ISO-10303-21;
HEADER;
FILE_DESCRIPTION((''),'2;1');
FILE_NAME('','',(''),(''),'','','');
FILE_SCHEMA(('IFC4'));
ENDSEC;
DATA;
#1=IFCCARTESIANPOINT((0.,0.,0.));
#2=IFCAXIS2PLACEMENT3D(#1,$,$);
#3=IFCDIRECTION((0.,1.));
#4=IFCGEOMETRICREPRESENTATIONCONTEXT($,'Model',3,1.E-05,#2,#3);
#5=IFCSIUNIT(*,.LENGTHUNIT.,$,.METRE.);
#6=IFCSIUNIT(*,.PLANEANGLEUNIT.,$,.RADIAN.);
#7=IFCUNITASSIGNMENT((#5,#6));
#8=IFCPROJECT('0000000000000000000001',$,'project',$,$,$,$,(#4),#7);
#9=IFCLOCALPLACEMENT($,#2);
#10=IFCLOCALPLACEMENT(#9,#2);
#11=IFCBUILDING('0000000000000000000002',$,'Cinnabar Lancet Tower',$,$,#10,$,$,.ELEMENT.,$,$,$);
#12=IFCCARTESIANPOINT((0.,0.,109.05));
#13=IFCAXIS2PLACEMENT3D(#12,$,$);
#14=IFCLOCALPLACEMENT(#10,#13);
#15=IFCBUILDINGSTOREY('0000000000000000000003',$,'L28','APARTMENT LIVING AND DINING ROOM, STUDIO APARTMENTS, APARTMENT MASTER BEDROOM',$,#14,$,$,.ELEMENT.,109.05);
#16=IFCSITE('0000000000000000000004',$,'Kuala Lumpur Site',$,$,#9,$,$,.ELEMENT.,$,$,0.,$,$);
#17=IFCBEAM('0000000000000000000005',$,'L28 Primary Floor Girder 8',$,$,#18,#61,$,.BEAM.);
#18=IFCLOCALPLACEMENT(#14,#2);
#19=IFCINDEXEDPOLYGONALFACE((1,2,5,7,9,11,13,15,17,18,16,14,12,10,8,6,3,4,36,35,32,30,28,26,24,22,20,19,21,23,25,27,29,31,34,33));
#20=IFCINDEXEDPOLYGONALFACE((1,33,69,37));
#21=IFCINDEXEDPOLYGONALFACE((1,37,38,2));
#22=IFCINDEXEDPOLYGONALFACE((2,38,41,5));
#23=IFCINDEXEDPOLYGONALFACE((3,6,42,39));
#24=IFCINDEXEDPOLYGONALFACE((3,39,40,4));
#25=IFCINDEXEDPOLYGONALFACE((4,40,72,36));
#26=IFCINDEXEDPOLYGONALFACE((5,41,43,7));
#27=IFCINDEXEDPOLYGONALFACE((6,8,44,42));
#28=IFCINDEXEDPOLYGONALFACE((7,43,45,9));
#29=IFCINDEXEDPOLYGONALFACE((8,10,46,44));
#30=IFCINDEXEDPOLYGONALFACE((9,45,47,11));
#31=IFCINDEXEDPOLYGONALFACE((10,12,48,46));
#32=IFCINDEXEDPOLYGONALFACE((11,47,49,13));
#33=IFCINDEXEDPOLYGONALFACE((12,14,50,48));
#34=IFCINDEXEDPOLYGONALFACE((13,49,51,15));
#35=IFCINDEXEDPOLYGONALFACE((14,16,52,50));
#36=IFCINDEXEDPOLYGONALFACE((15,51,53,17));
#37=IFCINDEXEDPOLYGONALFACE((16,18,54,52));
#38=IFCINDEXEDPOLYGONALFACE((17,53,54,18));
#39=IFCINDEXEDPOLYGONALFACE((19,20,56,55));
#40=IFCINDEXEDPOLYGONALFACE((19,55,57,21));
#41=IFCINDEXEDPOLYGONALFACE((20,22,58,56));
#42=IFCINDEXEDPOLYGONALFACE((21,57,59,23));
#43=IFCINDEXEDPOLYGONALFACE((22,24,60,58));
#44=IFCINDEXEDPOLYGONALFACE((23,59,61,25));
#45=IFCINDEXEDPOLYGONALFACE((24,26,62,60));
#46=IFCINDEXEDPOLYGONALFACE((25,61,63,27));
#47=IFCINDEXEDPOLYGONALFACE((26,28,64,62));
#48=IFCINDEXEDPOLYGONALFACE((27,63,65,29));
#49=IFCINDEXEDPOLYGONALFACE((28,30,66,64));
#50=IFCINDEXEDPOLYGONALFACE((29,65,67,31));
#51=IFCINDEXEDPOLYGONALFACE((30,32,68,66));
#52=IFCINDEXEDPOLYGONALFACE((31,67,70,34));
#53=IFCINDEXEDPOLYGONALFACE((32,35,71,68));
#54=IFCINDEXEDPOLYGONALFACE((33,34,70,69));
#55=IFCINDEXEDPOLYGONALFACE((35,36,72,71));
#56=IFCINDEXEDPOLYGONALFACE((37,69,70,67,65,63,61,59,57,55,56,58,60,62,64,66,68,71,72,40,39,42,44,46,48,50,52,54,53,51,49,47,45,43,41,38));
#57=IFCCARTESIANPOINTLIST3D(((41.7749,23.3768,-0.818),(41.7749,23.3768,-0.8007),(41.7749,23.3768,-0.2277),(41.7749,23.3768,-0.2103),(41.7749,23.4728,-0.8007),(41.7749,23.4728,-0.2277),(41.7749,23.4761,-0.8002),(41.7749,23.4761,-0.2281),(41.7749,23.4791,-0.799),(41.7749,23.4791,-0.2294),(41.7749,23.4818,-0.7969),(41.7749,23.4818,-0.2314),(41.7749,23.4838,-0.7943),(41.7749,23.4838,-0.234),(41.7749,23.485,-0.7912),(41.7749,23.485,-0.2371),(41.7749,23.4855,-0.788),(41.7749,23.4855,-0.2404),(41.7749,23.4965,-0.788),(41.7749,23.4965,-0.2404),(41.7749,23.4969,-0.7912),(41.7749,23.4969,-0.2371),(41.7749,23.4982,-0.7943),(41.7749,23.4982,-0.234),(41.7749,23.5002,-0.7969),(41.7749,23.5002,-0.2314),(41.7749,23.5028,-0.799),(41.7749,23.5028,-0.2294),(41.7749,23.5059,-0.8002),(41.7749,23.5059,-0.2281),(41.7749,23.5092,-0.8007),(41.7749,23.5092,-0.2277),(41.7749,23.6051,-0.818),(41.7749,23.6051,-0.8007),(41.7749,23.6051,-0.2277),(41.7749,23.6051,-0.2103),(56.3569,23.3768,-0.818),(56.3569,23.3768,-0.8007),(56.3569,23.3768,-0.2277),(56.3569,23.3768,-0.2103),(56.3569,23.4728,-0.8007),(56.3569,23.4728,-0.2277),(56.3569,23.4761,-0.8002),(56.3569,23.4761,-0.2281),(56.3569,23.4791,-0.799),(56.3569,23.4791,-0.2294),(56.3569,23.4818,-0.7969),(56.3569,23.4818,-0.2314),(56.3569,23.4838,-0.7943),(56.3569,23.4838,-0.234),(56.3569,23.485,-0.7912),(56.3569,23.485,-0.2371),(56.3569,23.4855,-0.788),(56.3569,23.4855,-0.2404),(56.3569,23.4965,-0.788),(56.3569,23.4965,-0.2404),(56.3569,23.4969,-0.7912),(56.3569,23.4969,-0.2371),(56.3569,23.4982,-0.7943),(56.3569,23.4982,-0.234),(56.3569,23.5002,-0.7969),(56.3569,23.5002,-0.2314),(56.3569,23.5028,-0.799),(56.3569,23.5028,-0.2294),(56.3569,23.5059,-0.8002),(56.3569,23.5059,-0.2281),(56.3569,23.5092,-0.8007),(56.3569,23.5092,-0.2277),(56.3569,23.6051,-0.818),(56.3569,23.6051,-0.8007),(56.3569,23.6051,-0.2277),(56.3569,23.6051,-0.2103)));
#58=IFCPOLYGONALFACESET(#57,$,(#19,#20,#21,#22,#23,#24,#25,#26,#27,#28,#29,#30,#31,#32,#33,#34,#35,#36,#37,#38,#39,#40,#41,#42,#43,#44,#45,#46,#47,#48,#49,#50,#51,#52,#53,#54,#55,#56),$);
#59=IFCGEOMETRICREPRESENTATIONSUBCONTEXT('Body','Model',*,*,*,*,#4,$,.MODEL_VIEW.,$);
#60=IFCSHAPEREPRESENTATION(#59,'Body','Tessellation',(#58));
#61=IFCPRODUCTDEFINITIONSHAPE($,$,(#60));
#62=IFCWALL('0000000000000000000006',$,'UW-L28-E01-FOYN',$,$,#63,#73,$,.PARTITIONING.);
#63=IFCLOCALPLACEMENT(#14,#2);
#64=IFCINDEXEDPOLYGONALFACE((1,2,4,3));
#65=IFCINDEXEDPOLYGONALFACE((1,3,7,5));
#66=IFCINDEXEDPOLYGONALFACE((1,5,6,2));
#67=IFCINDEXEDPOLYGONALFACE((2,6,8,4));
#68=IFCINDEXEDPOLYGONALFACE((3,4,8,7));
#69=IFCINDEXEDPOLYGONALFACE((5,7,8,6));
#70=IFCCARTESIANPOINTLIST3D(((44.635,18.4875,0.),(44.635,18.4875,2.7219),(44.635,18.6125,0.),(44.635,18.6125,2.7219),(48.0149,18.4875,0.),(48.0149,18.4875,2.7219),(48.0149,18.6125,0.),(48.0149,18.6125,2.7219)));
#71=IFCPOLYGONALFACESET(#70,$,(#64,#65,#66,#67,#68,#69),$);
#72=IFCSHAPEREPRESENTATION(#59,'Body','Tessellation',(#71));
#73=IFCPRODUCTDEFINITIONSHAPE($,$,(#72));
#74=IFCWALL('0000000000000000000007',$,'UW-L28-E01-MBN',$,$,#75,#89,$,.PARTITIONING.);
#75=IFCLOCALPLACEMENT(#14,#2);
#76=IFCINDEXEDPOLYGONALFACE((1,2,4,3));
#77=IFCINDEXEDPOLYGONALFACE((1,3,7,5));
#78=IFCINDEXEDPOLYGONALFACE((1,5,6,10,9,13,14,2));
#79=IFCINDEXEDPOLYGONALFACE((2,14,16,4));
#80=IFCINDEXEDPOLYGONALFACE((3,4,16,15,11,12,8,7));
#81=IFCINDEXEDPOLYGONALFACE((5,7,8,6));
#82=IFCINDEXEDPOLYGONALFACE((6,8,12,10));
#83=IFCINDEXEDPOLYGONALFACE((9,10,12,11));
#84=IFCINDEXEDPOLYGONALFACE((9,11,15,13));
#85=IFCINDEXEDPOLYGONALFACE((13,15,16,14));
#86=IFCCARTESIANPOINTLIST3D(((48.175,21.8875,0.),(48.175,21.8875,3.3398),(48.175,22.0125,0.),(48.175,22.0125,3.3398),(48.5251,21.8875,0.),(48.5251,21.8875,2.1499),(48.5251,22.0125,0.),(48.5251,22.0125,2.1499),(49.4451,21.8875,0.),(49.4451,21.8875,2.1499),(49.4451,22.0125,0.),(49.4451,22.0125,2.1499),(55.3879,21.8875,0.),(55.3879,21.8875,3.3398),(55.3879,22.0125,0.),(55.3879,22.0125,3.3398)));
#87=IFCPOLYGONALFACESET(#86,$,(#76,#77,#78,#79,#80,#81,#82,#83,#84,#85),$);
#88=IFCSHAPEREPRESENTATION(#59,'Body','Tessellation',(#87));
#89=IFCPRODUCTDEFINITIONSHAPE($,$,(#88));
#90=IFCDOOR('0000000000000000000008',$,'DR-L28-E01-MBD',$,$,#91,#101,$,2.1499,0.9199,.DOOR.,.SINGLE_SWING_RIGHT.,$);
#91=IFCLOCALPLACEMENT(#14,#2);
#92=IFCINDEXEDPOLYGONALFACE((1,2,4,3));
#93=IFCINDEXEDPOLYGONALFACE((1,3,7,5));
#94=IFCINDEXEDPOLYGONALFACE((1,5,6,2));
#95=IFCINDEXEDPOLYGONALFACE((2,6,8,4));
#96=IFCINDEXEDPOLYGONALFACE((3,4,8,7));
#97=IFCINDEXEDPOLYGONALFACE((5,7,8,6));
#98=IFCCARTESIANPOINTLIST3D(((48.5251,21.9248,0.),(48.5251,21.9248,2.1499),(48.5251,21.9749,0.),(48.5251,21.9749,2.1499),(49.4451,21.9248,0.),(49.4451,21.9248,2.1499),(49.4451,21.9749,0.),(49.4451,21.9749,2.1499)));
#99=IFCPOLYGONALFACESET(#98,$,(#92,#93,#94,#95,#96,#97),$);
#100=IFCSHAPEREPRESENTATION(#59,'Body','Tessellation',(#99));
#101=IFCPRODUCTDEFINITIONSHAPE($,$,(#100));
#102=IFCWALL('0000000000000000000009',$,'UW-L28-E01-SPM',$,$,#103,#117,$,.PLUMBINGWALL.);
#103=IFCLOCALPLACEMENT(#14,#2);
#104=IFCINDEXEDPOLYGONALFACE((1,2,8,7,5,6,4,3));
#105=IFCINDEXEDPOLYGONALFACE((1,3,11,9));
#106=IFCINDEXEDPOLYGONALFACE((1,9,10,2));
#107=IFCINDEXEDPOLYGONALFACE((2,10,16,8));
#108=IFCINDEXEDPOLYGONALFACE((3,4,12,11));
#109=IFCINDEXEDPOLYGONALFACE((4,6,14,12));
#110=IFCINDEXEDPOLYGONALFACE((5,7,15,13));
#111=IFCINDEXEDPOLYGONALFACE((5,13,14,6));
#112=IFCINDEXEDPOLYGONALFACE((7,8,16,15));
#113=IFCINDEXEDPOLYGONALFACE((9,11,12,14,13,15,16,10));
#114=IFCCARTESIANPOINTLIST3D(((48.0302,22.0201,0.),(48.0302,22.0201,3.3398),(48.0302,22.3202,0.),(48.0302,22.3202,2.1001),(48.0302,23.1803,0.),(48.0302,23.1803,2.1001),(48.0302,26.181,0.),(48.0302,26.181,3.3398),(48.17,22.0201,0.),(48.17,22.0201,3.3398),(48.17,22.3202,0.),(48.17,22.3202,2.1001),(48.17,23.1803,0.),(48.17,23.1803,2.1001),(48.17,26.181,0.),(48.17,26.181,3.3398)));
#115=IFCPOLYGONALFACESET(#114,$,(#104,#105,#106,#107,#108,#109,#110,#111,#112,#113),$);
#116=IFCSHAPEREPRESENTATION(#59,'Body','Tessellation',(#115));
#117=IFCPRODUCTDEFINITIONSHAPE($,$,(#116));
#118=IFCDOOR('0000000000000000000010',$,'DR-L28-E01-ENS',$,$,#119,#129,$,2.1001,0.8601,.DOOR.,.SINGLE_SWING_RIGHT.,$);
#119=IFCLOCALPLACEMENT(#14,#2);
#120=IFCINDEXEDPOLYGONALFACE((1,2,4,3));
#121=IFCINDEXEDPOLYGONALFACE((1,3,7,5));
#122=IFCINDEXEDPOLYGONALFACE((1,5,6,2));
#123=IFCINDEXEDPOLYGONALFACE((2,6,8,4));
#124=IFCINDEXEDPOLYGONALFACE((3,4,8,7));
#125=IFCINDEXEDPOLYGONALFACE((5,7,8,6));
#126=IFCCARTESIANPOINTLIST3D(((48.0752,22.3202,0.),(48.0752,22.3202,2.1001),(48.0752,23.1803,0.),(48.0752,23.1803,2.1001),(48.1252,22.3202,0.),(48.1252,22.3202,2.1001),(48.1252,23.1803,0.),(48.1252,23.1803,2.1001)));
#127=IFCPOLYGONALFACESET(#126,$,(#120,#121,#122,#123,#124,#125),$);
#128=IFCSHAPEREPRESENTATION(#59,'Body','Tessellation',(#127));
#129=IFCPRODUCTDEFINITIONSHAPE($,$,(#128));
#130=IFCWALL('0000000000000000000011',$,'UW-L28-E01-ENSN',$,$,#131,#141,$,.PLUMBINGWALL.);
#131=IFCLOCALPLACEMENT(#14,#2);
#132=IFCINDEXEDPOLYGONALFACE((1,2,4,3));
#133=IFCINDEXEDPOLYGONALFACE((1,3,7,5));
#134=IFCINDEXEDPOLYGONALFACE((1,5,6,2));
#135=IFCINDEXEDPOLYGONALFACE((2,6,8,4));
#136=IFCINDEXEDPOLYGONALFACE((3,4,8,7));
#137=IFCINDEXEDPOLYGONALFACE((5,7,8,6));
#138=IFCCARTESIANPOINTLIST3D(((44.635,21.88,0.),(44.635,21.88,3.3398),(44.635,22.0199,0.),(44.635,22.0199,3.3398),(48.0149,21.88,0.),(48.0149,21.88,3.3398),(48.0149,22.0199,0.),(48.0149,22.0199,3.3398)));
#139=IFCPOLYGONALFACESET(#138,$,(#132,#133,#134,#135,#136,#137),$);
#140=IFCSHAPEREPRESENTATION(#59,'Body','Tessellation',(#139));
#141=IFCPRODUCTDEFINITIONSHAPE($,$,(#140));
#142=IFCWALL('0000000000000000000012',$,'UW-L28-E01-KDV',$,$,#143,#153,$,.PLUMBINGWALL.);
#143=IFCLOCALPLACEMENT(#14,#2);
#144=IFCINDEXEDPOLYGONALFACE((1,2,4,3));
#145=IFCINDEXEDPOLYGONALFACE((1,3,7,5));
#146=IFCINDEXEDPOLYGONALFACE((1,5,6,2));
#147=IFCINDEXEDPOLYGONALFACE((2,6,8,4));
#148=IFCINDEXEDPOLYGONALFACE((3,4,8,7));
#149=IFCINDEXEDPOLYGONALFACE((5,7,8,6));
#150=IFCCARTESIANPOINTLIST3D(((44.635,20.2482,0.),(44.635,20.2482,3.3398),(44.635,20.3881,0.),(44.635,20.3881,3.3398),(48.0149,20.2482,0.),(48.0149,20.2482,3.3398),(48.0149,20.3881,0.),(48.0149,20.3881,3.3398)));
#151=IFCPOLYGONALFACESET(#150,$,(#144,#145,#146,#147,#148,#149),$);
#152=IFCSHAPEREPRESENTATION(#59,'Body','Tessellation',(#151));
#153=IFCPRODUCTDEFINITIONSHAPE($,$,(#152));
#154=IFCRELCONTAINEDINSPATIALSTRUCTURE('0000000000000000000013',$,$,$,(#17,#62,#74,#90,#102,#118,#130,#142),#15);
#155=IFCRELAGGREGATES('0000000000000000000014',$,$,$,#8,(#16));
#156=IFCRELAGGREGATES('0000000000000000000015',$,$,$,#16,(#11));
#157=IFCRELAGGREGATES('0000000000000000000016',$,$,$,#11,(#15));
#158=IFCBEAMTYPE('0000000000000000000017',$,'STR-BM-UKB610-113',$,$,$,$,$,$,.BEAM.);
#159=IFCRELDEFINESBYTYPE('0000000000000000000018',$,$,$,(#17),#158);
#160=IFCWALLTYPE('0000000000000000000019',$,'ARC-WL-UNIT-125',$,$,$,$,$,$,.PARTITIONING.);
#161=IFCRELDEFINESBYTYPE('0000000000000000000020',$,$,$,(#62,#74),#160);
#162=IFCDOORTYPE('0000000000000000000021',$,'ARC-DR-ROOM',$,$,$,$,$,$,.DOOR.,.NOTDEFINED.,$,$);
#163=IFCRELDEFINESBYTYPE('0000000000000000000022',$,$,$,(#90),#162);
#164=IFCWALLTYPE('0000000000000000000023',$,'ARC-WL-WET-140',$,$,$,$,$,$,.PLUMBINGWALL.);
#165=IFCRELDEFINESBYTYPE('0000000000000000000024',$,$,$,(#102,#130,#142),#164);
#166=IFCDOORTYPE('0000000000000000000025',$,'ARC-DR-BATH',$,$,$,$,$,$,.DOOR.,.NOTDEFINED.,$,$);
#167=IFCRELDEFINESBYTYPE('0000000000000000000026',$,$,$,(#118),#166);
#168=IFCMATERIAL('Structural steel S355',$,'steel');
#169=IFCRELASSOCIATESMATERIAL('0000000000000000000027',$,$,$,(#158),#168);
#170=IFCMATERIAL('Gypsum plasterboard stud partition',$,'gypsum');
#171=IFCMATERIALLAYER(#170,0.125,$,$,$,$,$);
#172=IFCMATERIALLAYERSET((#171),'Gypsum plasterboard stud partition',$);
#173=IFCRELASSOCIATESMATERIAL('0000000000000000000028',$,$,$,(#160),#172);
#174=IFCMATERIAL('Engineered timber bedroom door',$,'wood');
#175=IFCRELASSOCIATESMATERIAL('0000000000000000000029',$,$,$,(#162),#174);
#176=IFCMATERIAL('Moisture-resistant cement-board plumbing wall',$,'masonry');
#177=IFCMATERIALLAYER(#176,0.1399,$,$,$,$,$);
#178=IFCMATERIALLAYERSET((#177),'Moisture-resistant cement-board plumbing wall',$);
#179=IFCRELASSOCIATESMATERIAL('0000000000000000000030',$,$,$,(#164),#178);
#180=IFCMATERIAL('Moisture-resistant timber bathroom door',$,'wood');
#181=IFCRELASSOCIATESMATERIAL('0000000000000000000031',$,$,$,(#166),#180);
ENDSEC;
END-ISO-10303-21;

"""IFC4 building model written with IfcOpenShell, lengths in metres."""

from ifc_helpers import new_model, si_unit, direction, frame, frame_2d, origin, origin_2d, place, context, subcontext, project, spatial, rectangle, i_section, extrude, material, layer, layer_set, material_profile, profile_set, type_object, element, fill, save


model = new_model("IFC4")

# Units and contexts
model_context = context("Model", 3, precision=1e-05, world=origin(), true_north=direction((0.0, 1.0)))
body_context = subcontext(model_context, "Body", "Model", "MODEL_VIEW")
ifc_project = project(units=[si_unit("LENGTHUNIT", "METRE"), si_unit("PLANEANGLEUNIT", "RADIAN")], contexts=[model_context])

# Site, building, storey
site_placement = place(None, origin())
site = spatial("IfcSite", under=ifc_project, at=site_placement, Name="Kuala Lumpur Site", CompositionType="ELEMENT", RefElevation=0.0)
building_placement = place(site_placement, origin())
building = spatial("IfcBuilding", under=site, at=building_placement, Name="Cinnabar Lancet Tower", CompositionType="ELEMENT")
storey_placement = place(building_placement, frame((0.0, 0.0, 109.05)))
storey = spatial("IfcBuildingStorey", under=building, at=storey_placement, Name="L28", Description="APARTMENT LIVING AND DINING ROOM, STUDIO APARTMENTS, APARTMENT MASTER BEDROOM", CompositionType="ELEMENT", Elevation=109.05)

# Beam
ifc_material_1 = material(Name="Structural steel S355", Category="steel")
ifc_material_profile_1 = material_profile(ifc_material_1, i_section(OverallWidth=0.2283, OverallDepth=0.6077, WebThickness=0.011, FlangeThickness=0.0173, FilletRadius=0.0127, at=origin_2d()), Name="UKB 610x229x113")
ifc_profile_set_1 = profile_set([ifc_material_profile_1], Name="Structural steel S355")
beam_type_1 = type_object("IfcBeamType", Name="STR-BM-UKB610-113", PredefinedType="BEAM", material=ifc_profile_set_1)
beam_1_placement = place(storey_placement, frame((56.3569, 23.491, -0.5142), z_axis=(-1.0, 0.0, 0.0), x_axis=(0.0, -1.0, 0.0)))
element("IfcBeam", 1, at=beam_1_placement, inside=storey, type_object=beam_type_1, Name="L28 Primary Floor Girder 8", PredefinedType="BEAM", context=body_context, shape_type="SweptSolid", body=[
    extrude(i_section(OverallWidth=0.2283, OverallDepth=0.6077, WebThickness=0.011, FlangeThickness=0.0173, FilletRadius=0.0127, at=origin_2d()), origin(), (0.0, 0.0, 1.0), 14.582),
])

# Wall
ifc_material_2 = material(Name="Gypsum plasterboard stud partition", Category="gypsum")
ifc_layer_1 = layer(ifc_material_2, 0.125)
ifc_layer_set_1 = layer_set([ifc_layer_1], Name="Gypsum plasterboard stud partition")
wall_type_1 = type_object("IfcWallType", Name="ARC-WL-UNIT-125", PredefinedType="PARTITIONING", material=ifc_layer_set_1)
wall_1_placement = place(storey_placement, frame((44.635, 18.55, 0.0), z_axis=(0.0, 0.0, 1.0), x_axis=(1.0, 0.0, 0.0)))
element("IfcWall", 2, at=wall_1_placement, inside=storey, type_object=wall_type_1, Name="UW-L28-E01-FOYN", PredefinedType="PARTITIONING", context=body_context, shape_type="SweptSolid", body=[
    extrude(rectangle(XDim=3.3799, YDim=0.125, at=frame_2d((1.6899, 0.0))), origin(), (0.0, 0.0, 1.0), 2.7219),
])

# Wall, opening, door
wall_2_placement = place(storey_placement, frame((48.175, 21.95, 0.0), z_axis=(0.0, 0.0, 1.0), x_axis=(1.0, 0.0, 0.0)))
wall_2 = element("IfcWall", 3, at=wall_2_placement, inside=storey, type_object=wall_type_1, Name="UW-L28-E01-MBN", PredefinedType="PARTITIONING", context=body_context, shape_type="SweptSolid", body=[
    extrude(rectangle(XDim=7.2129, YDim=0.125, at=frame_2d((3.6064, 0.0))), origin(), (0.0, 0.0, 1.0), 3.3398),
])
opening_1_placement = place(wall_2_placement, frame((0.3501, 0.0, 0.0)))
opening_1 = element("IfcOpeningElement", 4, at=opening_1_placement, cuts=wall_2, PredefinedType="OPENING", context=body_context, shape_type="SweptSolid", body=[
    extrude(rectangle(XDim=0.9199, YDim=2.1499, at=frame_2d((0.46, 1.075))), frame((0.0, 0.0725, 0.0), z_axis=(0.0, -1.0, 0.0), x_axis=(1.0, 0.0, 0.0)), (0.0, 0.0, 1.0), 0.145),
])
ifc_material_3 = material(Name="Engineered timber bedroom door", Category="wood")
door_type_1 = type_object("IfcDoorType", Name="ARC-DR-ROOM", OperationType="NOTDEFINED", PredefinedType="DOOR", material=ifc_material_3)
door_1_placement = place(opening_1_placement, origin())
door_1 = element("IfcDoor", 5, at=door_1_placement, inside=storey, type_object=door_type_1, Name="DR-L28-E01-MBD", OperationType="SINGLE_SWING_RIGHT", OverallHeight=2.1499, OverallWidth=0.9199, PredefinedType="DOOR", context=body_context, shape_type="SweptSolid", body=[
    extrude(rectangle(XDim=0.9199, YDim=2.1499, at=frame_2d((0.46, 1.075))), frame((0.0, 0.0249, 0.0), z_axis=(0.0, -1.0, 0.0), x_axis=(1.0, 0.0, 0.0)), (0.0, 0.0, 1.0), 0.05),
])
fill(opening_1, door_1)

# Shared definitions
ifc_material_4 = material(Name="Moisture-resistant cement-board plumbing wall", Category="masonry")
ifc_layer_2 = layer(ifc_material_4, 0.1399)
ifc_layer_set_2 = layer_set([ifc_layer_2], Name="Moisture-resistant cement-board plumbing wall")
wall_type_2 = type_object("IfcWallType", Name="ARC-WL-WET-140", PredefinedType="PLUMBINGWALL", material=ifc_layer_set_2)
ifc_material_5 = material(Name="Moisture-resistant timber bathroom door", Category="wood")
door_type_2 = type_object("IfcDoorType", Name="ARC-DR-BATH", OperationType="NOTDEFINED", PredefinedType="DOOR", material=ifc_material_5)

# Wall, opening, door
wall_3_placement = place(storey_placement, frame((48.1001, 22.02, 0.0), z_axis=(0.0, 0.0, 1.0), x_axis=(0.0, 1.0, 0.0)))
wall_3 = element("IfcWall", 6, at=wall_3_placement, inside=storey, type_object=wall_type_2, Name="UW-L28-E01-SPM", PredefinedType="PLUMBINGWALL", context=body_context, shape_type="SweptSolid", body=[
    extrude(rectangle(XDim=4.1609, YDim=0.1399, at=frame_2d((2.0806, 0.0))), origin(), (0.0, 0.0, 1.0), 3.3398),
])
opening_2_placement = place(wall_3_placement, frame((0.3, 0.0, 0.0)))
opening_2 = element("IfcOpeningElement", 7, at=opening_2_placement, cuts=wall_3, PredefinedType="OPENING", context=body_context, shape_type="SweptSolid", body=[
    extrude(rectangle(XDim=0.8601, YDim=2.1001, at=frame_2d((0.4302, 1.05))), frame((0.0, 0.0798, 0.0), z_axis=(0.0, -1.0, 0.0), x_axis=(1.0, 0.0, 0.0)), (0.0, 0.0, 1.0), 0.1599),
])
door_2_placement = place(opening_2_placement, origin())
door_2 = element("IfcDoor", 8, at=door_2_placement, inside=storey, type_object=door_type_2, Name="DR-L28-E01-ENS", OperationType="SINGLE_SWING_RIGHT", OverallHeight=2.1001, OverallWidth=0.8601, PredefinedType="DOOR", context=body_context, shape_type="SweptSolid", body=[
    extrude(rectangle(XDim=0.8601, YDim=2.1001, at=frame_2d((0.4302, 1.05))), frame((0.0, 0.0249, 0.0), z_axis=(0.0, -1.0, 0.0), x_axis=(1.0, 0.0, 0.0)), (0.0, 0.0, 1.0), 0.05),
])
fill(opening_2, door_2)

# Walls
for number, where, z_axis, x_axis, name in (
    (9, (44.635, 21.95, 0.0), (0.0, 0.0, 1.0), (1.0, 0.0, 0.0), "UW-L28-E01-ENSN"),
    (10, (44.635, 20.3181, 0.0), (0.0, 0.0, 1.0), (1.0, 0.0, 0.0), "UW-L28-E01-KDV"),
):
    element("IfcWall", number, at=place(storey_placement, frame(where, z_axis=z_axis, x_axis=x_axis)), inside=storey, type_object=wall_type_2, Name=name, PredefinedType="PLUMBINGWALL", context=body_context, shape_type="SweptSolid", body=[
        extrude(rectangle(XDim=3.3799, YDim=0.1399, at=frame_2d((1.6899, 0.0))), origin(), (0.0, 0.0, 1.0), 3.3398),
    ])

save(model, "model.ifc")
